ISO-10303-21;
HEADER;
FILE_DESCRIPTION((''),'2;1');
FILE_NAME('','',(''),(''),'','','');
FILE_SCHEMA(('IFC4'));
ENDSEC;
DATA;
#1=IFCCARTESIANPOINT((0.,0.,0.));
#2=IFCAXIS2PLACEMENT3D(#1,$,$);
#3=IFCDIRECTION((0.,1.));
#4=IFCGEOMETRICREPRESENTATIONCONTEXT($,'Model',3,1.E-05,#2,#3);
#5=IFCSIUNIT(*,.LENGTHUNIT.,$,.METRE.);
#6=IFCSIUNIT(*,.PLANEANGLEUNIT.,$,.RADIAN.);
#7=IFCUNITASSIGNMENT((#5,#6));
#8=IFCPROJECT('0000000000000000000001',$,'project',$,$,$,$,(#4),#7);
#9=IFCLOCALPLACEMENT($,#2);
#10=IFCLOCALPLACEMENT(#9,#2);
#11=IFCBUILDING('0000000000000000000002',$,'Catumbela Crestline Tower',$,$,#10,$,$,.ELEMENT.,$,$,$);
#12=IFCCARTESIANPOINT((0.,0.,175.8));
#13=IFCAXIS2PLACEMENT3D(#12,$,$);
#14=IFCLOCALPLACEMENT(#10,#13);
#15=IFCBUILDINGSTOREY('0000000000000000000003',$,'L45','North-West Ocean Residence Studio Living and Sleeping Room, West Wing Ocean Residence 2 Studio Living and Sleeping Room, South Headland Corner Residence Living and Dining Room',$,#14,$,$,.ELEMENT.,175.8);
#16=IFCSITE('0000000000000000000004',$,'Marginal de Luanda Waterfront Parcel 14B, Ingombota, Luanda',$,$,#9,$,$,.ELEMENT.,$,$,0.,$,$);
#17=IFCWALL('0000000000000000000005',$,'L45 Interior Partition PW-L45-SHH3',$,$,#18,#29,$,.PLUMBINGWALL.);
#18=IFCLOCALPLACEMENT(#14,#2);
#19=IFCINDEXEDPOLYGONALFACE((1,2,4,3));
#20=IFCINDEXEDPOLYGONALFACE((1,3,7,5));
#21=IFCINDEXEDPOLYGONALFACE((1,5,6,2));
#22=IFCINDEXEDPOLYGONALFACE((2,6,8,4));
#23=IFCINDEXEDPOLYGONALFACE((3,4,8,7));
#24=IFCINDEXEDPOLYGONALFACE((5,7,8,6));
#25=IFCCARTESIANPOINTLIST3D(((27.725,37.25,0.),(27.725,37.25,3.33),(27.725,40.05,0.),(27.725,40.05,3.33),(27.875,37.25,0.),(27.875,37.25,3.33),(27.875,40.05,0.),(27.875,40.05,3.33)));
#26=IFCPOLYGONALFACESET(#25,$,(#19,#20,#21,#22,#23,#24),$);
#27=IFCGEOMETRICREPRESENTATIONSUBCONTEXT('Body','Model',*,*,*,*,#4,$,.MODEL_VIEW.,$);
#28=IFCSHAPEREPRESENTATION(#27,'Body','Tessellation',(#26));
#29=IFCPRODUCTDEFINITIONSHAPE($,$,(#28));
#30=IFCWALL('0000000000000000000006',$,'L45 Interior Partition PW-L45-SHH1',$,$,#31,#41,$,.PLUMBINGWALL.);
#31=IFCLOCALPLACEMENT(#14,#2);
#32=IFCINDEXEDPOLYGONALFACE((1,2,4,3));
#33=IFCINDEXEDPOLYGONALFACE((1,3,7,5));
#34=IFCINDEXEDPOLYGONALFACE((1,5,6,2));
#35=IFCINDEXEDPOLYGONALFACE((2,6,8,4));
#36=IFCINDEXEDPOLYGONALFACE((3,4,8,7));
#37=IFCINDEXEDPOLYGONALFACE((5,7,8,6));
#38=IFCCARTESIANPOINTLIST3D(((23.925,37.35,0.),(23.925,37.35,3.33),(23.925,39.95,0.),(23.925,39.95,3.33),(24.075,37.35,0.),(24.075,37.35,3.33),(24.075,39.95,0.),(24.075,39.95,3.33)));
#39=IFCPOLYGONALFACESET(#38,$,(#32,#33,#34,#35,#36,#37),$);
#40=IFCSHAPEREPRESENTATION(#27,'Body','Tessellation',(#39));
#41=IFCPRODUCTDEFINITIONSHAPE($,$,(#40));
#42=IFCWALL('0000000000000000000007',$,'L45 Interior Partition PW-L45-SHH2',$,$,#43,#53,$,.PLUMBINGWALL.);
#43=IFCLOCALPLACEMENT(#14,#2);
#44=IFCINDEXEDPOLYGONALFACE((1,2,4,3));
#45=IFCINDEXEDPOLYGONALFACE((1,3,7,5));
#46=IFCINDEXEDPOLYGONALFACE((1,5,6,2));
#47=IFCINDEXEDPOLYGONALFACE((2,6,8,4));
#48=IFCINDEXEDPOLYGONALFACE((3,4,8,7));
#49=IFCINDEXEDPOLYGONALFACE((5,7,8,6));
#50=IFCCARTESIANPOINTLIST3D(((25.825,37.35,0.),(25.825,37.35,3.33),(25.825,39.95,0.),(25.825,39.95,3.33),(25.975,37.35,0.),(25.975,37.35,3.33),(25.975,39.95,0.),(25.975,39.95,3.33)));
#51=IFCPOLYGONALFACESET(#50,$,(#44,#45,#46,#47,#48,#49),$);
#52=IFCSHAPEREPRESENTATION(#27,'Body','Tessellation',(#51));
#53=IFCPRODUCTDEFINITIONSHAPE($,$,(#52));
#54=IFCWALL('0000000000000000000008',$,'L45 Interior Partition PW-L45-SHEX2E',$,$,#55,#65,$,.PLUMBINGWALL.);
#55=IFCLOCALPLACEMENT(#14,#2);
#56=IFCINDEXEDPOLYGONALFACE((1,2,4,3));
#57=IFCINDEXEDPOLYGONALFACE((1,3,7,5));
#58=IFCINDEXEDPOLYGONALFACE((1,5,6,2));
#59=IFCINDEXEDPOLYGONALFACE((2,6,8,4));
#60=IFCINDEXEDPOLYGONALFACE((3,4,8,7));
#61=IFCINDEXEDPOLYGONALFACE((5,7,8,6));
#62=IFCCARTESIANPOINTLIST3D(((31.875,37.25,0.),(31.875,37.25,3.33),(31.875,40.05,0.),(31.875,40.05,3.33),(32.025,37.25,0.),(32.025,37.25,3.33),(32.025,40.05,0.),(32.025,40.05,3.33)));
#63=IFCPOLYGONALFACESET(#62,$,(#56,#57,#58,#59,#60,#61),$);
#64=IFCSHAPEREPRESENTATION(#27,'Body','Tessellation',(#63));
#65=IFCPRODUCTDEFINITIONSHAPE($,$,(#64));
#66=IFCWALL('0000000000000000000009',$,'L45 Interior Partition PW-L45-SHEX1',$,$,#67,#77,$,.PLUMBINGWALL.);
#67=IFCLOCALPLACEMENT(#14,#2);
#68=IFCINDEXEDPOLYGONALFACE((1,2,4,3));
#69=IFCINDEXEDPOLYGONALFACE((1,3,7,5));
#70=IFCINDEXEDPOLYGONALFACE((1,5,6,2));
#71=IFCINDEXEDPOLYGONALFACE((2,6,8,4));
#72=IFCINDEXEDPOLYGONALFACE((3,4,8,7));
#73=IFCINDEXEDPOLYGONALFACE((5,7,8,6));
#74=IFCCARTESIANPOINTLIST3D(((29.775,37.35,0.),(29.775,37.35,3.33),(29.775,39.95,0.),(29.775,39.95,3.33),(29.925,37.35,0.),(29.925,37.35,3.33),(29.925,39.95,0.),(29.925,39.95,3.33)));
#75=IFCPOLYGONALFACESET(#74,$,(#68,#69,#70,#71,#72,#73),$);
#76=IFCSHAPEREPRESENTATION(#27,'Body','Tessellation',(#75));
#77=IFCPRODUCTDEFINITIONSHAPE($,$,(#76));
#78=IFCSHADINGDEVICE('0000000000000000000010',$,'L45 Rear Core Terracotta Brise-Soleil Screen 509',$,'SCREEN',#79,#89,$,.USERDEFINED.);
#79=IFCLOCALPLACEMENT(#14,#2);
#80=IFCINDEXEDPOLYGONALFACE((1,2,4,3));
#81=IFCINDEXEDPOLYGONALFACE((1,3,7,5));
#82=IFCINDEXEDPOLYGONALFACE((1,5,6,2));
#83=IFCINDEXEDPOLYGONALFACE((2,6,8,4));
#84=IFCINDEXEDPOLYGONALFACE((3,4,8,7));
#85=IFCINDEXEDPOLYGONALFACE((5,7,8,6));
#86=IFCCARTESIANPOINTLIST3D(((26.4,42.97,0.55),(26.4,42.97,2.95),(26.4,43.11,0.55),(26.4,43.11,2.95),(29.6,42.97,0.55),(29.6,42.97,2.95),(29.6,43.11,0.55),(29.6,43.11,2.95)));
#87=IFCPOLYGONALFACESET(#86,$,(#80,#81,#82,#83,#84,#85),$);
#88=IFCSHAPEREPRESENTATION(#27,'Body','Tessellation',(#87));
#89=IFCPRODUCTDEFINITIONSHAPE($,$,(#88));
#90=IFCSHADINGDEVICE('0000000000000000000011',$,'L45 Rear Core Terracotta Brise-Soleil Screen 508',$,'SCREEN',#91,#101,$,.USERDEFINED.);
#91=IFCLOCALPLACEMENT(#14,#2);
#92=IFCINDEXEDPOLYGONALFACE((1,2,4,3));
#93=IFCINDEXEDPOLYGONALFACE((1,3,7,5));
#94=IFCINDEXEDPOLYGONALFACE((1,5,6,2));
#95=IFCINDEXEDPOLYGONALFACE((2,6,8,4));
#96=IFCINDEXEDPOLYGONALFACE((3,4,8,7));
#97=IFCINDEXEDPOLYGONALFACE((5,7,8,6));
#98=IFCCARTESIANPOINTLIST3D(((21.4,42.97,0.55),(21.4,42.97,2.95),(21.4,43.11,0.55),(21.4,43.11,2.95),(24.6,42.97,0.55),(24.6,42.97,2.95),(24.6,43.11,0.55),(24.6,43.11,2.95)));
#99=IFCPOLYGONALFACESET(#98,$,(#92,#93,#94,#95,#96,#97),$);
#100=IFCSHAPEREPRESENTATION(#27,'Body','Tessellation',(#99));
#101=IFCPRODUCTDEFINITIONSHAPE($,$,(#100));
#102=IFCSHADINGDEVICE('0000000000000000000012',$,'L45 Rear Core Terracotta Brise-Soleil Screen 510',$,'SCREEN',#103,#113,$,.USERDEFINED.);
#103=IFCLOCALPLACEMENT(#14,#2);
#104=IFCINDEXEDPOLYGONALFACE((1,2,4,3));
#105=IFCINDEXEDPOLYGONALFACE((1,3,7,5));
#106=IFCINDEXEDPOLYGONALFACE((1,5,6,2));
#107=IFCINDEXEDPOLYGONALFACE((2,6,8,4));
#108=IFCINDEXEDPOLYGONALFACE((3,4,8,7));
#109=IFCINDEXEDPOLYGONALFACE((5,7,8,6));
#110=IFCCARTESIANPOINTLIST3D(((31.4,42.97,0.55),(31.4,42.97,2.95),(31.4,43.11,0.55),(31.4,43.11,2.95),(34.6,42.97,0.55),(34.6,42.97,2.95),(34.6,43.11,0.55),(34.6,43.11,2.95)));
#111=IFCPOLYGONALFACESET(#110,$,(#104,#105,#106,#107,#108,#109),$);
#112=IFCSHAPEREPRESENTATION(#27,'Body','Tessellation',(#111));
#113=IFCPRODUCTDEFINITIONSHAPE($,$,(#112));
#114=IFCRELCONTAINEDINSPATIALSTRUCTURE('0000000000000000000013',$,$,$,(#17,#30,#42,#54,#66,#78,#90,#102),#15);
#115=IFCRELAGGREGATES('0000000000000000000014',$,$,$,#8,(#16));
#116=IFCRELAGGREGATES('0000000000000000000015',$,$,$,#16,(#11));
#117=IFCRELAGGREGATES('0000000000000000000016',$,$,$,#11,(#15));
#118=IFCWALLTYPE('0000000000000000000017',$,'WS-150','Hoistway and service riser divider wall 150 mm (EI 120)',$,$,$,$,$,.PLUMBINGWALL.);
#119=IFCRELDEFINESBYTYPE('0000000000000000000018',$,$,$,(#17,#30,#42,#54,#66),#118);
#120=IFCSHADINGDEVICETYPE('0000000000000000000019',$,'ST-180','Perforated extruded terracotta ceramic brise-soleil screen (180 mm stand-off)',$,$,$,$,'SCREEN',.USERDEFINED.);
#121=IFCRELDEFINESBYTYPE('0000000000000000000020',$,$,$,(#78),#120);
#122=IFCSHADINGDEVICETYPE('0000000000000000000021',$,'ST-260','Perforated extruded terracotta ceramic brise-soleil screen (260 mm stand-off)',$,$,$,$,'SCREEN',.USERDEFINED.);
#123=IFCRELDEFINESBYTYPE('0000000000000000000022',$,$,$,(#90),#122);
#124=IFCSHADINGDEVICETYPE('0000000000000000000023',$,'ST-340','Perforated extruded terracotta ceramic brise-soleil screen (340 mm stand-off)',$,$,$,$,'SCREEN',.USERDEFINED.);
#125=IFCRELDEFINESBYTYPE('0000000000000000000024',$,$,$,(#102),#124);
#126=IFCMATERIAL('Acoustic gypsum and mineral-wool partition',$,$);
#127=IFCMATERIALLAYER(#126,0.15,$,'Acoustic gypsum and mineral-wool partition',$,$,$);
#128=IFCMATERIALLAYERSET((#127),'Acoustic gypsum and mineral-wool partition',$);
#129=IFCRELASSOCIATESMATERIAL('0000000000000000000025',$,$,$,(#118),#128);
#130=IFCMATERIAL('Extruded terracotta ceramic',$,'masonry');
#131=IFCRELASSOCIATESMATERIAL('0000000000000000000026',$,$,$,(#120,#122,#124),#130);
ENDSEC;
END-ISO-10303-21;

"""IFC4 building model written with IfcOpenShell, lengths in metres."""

from ifc_helpers import new_model, si_unit, direction, frame, frame_2d, origin, origin_2d, place, context, subcontext, project, spatial, rectangle, extrude, material, layer, layer_set, type_object, element, save


model = new_model("IFC4")

# Units and contexts
model_context = context("Model", 3, precision=1e-05, world=origin(), true_north=direction((0.0, 1.0)))
body_context = subcontext(model_context, "Body", "Model", "MODEL_VIEW")
ifc_project = project(units=[si_unit("LENGTHUNIT", "METRE"), si_unit("PLANEANGLEUNIT", "RADIAN")], contexts=[model_context])

# Site, building, storey
site_placement = place(None, origin())
site = spatial("IfcSite", under=ifc_project, at=site_placement, Name="Marginal de Luanda Waterfront Parcel 14B, Ingombota, Luanda", CompositionType="ELEMENT", RefElevation=0.0)
building_placement = place(site_placement, origin())
building = spatial("IfcBuilding", under=site, at=building_placement, Name="Catumbela Crestline Tower", CompositionType="ELEMENT")
storey_placement = place(building_placement, frame((0.0, 0.0, 175.8)))
storey = spatial("IfcBuildingStorey", under=building, at=storey_placement, Name="L45", Description="North-West Ocean Residence Studio Living and Sleeping Room, West Wing Ocean Residence 2 Studio Living and Sleeping Room, South Headland Corner Residence Living and Dining Room", CompositionType="ELEMENT", Elevation=175.8)

# Shared definitions
ifc_material_1 = material(Name="Acoustic gypsum and mineral-wool partition")

# Walls
ifc_layer_1 = layer(ifc_material_1, 0.15, Name="Acoustic gypsum and mineral-wool partition")
ifc_layer_set_1 = layer_set([ifc_layer_1], Name="Acoustic gypsum and mineral-wool partition")
wall_type_1 = type_object("IfcWallType", Name="WS-150", Description="Hoistway and service riser divider wall 150 mm (EI 120)", PredefinedType="PLUMBINGWALL", material=ifc_layer_set_1)
wall_1_placement = place(storey_placement, frame((27.8, 37.25, 0.0), z_axis=(0.0, 0.0, 1.0), x_axis=(0.0, 1.0, 0.0)))
element("IfcWall", 1, at=wall_1_placement, inside=storey, type_object=wall_type_1, Name="L45 Interior Partition PW-L45-SHH3", PredefinedType="PLUMBINGWALL", context=body_context, shape_type="SweptSolid", body=[
    extrude(rectangle(XDim=2.8, YDim=0.15, at=frame_2d((1.4, 0.0))), origin(), (0.0, 0.0, 1.0), 3.33),
])
for number, where, z_axis, x_axis, name in (
    (2, (24.0, 37.35, 0.0), (0.0, 0.0, 1.0), (0.0, 1.0, 0.0), "L45 Interior Partition PW-L45-SHH1"),
    (3, (25.9, 37.35, 0.0), (0.0, 0.0, 1.0), (0.0, 1.0, 0.0), "L45 Interior Partition PW-L45-SHH2"),
):
    element("IfcWall", number, at=place(storey_placement, frame(where, z_axis=z_axis, x_axis=x_axis)), inside=storey, type_object=wall_type_1, Name=name, PredefinedType="PLUMBINGWALL", context=body_context, shape_type="SweptSolid", body=[
        extrude(rectangle(XDim=2.6, YDim=0.15, at=frame_2d((1.3, 0.0))), origin(), (0.0, 0.0, 1.0), 3.33),
    ])
wall_2_placement = place(storey_placement, frame((31.95, 37.25, 0.0), z_axis=(0.0, 0.0, 1.0), x_axis=(0.0, 1.0, 0.0)))
element("IfcWall", 4, at=wall_2_placement, inside=storey, type_object=wall_type_1, Name="L45 Interior Partition PW-L45-SHEX2E", PredefinedType="PLUMBINGWALL", context=body_context, shape_type="SweptSolid", body=[
    extrude(rectangle(XDim=2.8, YDim=0.15, at=frame_2d((1.4, 0.0))), origin(), (0.0, 0.0, 1.0), 3.33),
])
wall_3_placement = place(storey_placement, frame((29.85, 37.35, 0.0), z_axis=(0.0, 0.0, 1.0), x_axis=(0.0, 1.0, 0.0)))
element("IfcWall", 5, at=wall_3_placement, inside=storey, type_object=wall_type_1, Name="L45 Interior Partition PW-L45-SHEX1", PredefinedType="PLUMBINGWALL", context=body_context, shape_type="SweptSolid", body=[
    extrude(rectangle(XDim=2.6, YDim=0.15, at=frame_2d((1.3, 0.0))), origin(), (0.0, 0.0, 1.0), 3.33),
])

# Shading devices
ifc_material_2 = material(Name="Extruded terracotta ceramic", Category="masonry")
shading_device_type_1 = type_object("IfcShadingDeviceType", Name="ST-180", Description="Perforated extruded terracotta ceramic brise-soleil screen (180 mm stand-off)", ElementType="SCREEN", PredefinedType="USERDEFINED", material=ifc_material_2)
shading_device_1_placement = place(storey_placement, frame((28.0, 43.04, 0.55), z_axis=(0.0, 0.0, 1.0), x_axis=(1.0, 0.0, 0.0)))
element("IfcShadingDevice", 6, at=shading_device_1_placement, inside=storey, type_object=shading_device_type_1, Name="L45 Rear Core Terracotta Brise-Soleil Screen 509", ObjectType="SCREEN", PredefinedType="USERDEFINED", context=body_context, shape_type="SweptSolid", body=[
    extrude(rectangle(XDim=3.2, YDim=0.14, at=origin_2d()), origin(), (0.0, 0.0, 1.0), 2.4),
])
shading_device_type_2 = type_object("IfcShadingDeviceType", Name="ST-260", Description="Perforated extruded terracotta ceramic brise-soleil screen (260 mm stand-off)", ElementType="SCREEN", PredefinedType="USERDEFINED", material=ifc_material_2)
shading_device_2_placement = place(storey_placement, frame((23.0, 43.04, 0.55), z_axis=(0.0, 0.0, 1.0), x_axis=(1.0, 0.0, 0.0)))
element("IfcShadingDevice", 7, at=shading_device_2_placement, inside=storey, type_object=shading_device_type_2, Name="L45 Rear Core Terracotta Brise-Soleil Screen 508", ObjectType="SCREEN", PredefinedType="USERDEFINED", context=body_context, shape_type="SweptSolid", body=[
    extrude(rectangle(XDim=3.2, YDim=0.14, at=origin_2d()), origin(), (0.0, 0.0, 1.0), 2.4),
])
shading_device_type_3 = type_object("IfcShadingDeviceType", Name="ST-340", Description="Perforated extruded terracotta ceramic brise-soleil screen (340 mm stand-off)", ElementType="SCREEN", PredefinedType="USERDEFINED", material=ifc_material_2)
shading_device_3_placement = place(storey_placement, frame((33.0, 43.04, 0.55), z_axis=(0.0, 0.0, 1.0), x_axis=(1.0, 0.0, 0.0)))
element("IfcShadingDevice", 8, at=shading_device_3_placement, inside=storey, type_object=shading_device_type_3, Name="L45 Rear Core Terracotta Brise-Soleil Screen 510", ObjectType="SCREEN", PredefinedType="USERDEFINED", context=body_context, shape_type="SweptSolid", body=[
    extrude(rectangle(XDim=3.2, YDim=0.14, at=origin_2d()), origin(), (0.0, 0.0, 1.0), 2.4),
])

save(model, "model.ifc")
